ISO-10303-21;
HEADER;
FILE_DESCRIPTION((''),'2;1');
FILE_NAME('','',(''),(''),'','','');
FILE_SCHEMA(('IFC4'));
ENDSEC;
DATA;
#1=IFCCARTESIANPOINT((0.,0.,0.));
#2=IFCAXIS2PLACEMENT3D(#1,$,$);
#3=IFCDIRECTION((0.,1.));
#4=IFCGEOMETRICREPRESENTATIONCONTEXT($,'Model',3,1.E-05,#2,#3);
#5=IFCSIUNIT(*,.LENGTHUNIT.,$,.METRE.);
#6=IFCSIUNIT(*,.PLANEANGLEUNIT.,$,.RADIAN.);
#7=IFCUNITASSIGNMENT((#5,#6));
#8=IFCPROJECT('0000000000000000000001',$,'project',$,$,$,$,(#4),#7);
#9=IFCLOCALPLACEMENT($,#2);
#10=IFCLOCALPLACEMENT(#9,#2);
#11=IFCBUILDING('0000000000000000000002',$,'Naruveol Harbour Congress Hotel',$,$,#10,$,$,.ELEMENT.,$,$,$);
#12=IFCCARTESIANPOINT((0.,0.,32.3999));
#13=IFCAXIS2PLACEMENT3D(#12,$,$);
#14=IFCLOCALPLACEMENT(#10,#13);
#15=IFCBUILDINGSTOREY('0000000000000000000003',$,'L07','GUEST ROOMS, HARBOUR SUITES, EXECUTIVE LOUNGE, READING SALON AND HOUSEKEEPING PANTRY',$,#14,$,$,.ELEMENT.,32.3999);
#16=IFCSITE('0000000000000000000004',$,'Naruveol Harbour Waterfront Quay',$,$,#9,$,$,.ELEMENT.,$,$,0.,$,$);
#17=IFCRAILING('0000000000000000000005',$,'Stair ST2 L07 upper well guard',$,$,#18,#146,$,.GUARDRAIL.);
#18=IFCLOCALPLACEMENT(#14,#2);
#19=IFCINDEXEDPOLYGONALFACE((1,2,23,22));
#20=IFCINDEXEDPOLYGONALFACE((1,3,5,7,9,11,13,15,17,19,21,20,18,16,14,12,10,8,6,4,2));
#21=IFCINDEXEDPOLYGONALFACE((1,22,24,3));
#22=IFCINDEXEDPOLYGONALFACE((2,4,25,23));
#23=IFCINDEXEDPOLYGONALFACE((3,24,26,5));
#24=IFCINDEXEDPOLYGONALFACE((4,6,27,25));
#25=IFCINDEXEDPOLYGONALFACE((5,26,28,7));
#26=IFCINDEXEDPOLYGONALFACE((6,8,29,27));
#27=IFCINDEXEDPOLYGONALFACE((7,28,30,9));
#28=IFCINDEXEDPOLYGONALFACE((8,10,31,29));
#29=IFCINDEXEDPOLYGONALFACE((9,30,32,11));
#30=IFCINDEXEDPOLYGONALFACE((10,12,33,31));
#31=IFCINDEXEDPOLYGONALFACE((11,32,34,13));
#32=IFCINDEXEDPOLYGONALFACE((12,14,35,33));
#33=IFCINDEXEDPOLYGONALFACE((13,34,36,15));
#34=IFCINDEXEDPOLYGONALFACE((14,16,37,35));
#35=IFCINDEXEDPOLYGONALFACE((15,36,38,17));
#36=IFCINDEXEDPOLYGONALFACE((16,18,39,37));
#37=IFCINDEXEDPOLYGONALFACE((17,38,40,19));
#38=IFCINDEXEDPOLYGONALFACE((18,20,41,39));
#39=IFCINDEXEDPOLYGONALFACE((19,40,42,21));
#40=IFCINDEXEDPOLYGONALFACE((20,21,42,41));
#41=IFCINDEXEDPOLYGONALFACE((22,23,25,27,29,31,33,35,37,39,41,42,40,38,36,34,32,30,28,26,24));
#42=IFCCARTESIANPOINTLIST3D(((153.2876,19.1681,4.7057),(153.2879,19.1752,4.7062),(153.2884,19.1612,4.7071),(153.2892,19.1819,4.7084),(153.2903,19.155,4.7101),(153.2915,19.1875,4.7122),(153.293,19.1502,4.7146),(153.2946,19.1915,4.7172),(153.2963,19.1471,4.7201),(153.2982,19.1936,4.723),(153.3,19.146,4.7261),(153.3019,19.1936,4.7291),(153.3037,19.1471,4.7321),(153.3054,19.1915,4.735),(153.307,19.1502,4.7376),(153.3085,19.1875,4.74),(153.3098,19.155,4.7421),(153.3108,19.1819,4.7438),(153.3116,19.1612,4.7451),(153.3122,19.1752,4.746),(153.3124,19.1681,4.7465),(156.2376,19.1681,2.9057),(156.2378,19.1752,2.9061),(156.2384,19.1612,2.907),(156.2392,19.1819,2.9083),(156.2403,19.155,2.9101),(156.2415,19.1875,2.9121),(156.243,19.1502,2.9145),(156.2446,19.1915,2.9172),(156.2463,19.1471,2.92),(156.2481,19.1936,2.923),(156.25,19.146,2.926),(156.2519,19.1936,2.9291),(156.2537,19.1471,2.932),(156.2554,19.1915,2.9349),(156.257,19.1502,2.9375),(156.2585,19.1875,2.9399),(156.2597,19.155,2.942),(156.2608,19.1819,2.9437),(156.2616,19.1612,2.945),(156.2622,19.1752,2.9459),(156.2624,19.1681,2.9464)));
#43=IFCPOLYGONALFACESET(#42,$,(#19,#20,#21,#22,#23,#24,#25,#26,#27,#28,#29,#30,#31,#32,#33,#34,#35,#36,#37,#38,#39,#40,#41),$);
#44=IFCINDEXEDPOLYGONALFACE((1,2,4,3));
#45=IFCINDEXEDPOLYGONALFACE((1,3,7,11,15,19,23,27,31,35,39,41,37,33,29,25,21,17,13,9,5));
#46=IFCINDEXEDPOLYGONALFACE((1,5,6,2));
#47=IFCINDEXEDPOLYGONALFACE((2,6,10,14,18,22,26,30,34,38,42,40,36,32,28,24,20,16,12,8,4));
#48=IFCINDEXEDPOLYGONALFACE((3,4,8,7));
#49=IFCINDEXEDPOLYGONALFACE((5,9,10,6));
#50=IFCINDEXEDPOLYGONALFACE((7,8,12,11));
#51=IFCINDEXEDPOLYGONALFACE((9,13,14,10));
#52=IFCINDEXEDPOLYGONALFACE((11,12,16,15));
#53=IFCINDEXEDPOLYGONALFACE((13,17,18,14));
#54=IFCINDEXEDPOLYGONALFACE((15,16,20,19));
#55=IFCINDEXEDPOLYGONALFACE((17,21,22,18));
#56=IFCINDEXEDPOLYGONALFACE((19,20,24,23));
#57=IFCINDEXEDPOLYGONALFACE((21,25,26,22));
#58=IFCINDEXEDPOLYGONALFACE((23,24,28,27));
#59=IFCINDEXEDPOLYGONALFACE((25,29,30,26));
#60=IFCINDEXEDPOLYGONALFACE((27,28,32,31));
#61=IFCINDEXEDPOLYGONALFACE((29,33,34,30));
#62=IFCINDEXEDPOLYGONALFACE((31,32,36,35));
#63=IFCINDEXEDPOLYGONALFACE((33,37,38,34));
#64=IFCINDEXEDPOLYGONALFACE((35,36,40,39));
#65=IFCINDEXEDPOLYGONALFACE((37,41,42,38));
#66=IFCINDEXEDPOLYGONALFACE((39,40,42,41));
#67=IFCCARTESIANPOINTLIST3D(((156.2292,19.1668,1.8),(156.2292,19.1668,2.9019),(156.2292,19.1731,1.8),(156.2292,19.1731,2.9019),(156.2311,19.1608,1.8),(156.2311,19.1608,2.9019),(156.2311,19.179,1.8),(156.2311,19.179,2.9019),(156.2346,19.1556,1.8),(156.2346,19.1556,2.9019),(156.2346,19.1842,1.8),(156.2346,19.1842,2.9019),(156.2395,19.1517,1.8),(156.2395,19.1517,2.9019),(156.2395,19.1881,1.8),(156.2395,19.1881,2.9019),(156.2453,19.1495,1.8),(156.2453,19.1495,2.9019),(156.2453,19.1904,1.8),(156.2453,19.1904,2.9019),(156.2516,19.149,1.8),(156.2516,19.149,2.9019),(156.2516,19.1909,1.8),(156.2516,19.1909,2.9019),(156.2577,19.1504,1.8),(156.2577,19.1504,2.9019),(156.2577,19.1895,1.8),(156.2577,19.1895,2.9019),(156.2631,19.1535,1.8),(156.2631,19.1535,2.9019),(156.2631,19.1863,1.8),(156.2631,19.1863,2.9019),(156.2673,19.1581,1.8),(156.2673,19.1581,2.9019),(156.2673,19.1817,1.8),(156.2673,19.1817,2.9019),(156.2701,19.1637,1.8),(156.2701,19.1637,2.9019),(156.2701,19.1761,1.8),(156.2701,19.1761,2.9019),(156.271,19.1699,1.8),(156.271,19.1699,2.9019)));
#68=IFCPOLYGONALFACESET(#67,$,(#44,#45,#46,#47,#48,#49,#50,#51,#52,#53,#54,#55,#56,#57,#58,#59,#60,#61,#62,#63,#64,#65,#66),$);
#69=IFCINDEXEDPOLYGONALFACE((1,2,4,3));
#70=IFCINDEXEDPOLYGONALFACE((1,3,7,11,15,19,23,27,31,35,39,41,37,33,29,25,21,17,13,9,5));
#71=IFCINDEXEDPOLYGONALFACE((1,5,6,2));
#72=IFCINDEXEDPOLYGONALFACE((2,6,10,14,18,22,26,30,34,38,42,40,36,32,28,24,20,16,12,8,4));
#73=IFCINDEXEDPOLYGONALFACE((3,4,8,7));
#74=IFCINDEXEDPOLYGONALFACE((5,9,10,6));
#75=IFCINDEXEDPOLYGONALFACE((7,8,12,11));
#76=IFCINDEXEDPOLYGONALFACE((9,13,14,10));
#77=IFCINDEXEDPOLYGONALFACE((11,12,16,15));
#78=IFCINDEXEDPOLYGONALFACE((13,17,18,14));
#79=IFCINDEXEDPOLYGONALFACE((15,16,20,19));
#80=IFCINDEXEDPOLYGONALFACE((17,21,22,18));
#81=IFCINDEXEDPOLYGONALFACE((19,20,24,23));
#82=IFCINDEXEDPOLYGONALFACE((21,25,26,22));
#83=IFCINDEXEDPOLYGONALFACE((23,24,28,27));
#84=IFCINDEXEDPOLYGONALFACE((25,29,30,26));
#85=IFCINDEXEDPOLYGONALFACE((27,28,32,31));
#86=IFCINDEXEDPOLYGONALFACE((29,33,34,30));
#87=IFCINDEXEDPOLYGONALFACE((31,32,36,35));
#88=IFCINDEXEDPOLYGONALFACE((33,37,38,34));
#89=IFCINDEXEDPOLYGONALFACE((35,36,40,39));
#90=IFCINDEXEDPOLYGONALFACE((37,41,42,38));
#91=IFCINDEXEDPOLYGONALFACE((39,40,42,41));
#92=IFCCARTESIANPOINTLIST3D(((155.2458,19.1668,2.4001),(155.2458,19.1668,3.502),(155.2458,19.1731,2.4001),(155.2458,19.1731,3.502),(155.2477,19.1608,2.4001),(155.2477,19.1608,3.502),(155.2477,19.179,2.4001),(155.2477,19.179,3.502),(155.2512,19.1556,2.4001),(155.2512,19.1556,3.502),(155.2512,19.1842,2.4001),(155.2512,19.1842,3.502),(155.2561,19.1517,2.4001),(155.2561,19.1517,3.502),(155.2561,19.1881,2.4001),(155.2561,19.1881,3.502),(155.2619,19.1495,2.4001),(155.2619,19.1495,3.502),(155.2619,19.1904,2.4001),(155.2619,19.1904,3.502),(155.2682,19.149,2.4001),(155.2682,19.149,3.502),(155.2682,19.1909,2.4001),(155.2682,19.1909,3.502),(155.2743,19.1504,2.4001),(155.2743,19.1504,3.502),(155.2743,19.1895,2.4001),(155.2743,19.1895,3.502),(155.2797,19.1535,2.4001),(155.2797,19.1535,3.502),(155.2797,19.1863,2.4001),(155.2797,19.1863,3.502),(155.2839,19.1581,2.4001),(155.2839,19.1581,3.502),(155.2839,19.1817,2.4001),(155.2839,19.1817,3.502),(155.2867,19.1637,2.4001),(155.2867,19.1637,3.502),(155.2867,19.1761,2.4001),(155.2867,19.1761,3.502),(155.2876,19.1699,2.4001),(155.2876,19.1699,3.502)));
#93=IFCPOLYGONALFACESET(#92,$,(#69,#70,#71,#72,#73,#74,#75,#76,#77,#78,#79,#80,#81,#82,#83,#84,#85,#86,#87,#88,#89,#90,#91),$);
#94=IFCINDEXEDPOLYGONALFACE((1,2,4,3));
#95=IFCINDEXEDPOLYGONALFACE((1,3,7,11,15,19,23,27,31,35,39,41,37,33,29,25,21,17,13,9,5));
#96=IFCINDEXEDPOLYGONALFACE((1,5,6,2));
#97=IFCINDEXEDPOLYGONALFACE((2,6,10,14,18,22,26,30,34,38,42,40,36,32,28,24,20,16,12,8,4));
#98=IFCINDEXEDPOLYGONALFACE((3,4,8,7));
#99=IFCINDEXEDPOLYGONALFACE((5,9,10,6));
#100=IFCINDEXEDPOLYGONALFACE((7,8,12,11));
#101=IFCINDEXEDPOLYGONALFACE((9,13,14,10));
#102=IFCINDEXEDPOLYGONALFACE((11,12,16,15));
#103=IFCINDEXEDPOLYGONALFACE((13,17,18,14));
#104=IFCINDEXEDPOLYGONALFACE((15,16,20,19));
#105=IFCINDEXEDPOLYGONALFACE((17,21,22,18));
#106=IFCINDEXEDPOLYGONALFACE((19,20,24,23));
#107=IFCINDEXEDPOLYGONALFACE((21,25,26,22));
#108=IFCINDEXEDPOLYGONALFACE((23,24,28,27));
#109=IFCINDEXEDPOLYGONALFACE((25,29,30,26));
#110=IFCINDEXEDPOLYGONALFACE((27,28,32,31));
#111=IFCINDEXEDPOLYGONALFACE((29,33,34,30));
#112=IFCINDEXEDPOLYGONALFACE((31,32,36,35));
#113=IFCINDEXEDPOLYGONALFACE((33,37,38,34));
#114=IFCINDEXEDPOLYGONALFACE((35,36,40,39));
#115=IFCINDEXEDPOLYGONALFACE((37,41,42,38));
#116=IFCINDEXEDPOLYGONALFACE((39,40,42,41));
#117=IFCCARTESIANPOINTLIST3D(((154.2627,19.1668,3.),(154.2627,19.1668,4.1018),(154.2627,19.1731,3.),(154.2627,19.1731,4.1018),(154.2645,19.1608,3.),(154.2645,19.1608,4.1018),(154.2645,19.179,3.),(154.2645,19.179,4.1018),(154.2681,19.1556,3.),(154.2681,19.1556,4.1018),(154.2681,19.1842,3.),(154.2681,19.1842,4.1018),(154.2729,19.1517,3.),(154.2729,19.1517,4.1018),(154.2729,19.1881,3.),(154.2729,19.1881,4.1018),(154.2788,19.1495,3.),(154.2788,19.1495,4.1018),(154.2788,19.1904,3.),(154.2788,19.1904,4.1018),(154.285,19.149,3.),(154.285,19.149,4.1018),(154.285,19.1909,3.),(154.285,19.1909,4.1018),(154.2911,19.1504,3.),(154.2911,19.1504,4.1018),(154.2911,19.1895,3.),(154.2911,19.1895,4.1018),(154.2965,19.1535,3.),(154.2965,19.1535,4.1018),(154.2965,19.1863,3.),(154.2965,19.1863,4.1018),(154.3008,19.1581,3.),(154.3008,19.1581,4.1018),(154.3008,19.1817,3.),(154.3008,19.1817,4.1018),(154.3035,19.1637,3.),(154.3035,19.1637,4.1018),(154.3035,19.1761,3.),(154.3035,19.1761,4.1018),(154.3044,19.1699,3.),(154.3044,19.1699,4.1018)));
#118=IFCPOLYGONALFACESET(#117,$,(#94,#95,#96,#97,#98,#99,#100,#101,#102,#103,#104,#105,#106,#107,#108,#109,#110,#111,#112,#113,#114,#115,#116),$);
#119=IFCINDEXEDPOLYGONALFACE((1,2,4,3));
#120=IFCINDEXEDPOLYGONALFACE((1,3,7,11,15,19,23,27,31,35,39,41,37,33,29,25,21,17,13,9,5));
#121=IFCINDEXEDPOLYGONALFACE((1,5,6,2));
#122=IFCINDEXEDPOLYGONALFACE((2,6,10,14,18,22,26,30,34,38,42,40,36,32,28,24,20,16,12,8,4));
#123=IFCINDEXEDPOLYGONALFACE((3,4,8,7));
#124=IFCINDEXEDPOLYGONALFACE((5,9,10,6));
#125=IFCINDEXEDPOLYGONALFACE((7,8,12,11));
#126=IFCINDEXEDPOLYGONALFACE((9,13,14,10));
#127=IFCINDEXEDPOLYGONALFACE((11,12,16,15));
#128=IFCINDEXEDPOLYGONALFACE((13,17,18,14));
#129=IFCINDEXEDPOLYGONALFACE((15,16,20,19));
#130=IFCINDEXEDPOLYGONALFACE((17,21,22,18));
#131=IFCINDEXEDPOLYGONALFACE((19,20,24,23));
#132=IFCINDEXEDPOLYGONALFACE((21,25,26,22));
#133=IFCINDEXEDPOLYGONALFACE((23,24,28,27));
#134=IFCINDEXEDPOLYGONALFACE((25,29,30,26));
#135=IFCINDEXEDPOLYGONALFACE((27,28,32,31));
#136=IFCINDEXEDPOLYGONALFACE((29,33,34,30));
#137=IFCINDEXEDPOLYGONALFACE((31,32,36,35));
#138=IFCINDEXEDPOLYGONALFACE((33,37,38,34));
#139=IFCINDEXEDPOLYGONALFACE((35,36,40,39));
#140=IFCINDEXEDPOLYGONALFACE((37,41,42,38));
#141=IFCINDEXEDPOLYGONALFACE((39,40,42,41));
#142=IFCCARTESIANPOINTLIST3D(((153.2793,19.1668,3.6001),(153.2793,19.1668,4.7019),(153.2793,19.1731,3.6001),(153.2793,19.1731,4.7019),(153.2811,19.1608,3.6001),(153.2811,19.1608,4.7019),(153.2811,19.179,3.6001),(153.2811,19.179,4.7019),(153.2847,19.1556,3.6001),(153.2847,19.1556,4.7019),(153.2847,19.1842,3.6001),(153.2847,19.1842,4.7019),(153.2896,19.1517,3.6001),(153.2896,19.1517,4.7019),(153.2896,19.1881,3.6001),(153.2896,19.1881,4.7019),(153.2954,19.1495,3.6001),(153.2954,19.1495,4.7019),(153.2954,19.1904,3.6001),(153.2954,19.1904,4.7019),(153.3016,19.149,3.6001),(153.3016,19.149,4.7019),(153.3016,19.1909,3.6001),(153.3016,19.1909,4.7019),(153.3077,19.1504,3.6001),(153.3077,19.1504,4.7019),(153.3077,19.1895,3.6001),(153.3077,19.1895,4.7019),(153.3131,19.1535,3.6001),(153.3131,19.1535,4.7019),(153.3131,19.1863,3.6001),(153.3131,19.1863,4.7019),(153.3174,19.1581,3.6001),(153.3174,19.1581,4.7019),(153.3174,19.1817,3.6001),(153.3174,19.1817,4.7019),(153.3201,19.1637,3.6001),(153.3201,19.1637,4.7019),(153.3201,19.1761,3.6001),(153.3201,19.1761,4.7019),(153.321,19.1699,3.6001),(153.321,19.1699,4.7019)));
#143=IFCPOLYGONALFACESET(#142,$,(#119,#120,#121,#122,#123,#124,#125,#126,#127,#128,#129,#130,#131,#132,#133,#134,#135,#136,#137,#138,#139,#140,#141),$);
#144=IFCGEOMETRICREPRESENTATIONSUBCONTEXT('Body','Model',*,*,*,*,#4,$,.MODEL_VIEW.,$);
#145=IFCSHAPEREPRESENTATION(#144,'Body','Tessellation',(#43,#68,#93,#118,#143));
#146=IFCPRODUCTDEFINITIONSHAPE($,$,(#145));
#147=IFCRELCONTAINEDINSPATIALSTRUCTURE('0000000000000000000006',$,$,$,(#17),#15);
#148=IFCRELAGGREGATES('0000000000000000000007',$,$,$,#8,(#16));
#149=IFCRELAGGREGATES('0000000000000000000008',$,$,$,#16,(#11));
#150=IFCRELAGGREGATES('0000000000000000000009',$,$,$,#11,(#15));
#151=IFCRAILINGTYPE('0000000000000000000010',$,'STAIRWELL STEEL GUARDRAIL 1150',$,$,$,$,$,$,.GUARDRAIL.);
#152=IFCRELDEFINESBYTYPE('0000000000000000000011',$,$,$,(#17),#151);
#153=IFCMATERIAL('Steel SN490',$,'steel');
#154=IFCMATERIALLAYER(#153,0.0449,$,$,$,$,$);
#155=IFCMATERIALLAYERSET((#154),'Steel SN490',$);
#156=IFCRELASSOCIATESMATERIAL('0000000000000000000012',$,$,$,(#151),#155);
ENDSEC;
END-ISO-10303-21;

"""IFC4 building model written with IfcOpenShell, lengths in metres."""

from ifc_helpers import new_model, si_unit, direction, frame, origin, origin_2d, place, context, subcontext, project, spatial, circle, extrude, material, layer, layer_set, type_object, element, save


model = new_model("IFC4")

# Units and contexts
model_context = context("Model", 3, precision=1e-05, world=origin(), true_north=direction((0.0, 1.0)))
body_context = subcontext(model_context, "Body", "Model", "MODEL_VIEW")
ifc_project = project(units=[si_unit("LENGTHUNIT", "METRE"), si_unit("PLANEANGLEUNIT", "RADIAN")], contexts=[model_context])

# Site, building, storey
site_placement = place(None, origin())
site = spatial("IfcSite", under=ifc_project, at=site_placement, Name="Naruveol Harbour Waterfront Quay", CompositionType="ELEMENT", RefElevation=0.0)
building_placement = place(site_placement, origin())
building = spatial("IfcBuilding", under=site, at=building_placement, Name="Naruveol Harbour Congress Hotel", CompositionType="ELEMENT")
storey_placement = place(building_placement, frame((0.0, 0.0, 32.3999)))
storey = spatial("IfcBuildingStorey", under=building, at=storey_placement, Name="L07", Description="GUEST ROOMS, HARBOUR SUITES, EXECUTIVE LOUNGE, READING SALON AND HOUSEKEEPING PANTRY", CompositionType="ELEMENT", Elevation=32.3999)

# Railing
ifc_material_1 = material(Name="Steel SN490", Category="steel")
ifc_layer_1 = layer(ifc_material_1, 0.0449)
ifc_layer_set_1 = layer_set([ifc_layer_1], Name="Steel SN490")
railing_type_1 = type_object("IfcRailingType", Name="STAIRWELL STEEL GUARDRAIL 1150", PredefinedType="GUARDRAIL", material=ifc_layer_set_1)
railing_1_placement = place(storey_placement, frame((156.25, 19.1699, 1.8)))
element("IfcRailing", 1, at=railing_1_placement, inside=storey, type_object=railing_type_1, Name="Stair ST2 L07 upper well guard", PredefinedType="GUARDRAIL", context=body_context, shape_type="SweptSolid", body=[
    extrude(circle(Radius=0.0239, at=origin_2d()), frame((0.0, 0.0, 1.126), z_axis=(-0.853629, 0.0, 0.520881), x_axis=(0.0, -1.0, 0.0)), (0.0, 0.0, 1.0), 3.4558),
    extrude(circle(Radius=0.021, at=origin_2d()), origin(), (0.0, 0.0, 1.0), 1.1018),
    extrude(circle(Radius=0.021, at=origin_2d()), frame((-0.9834, 0.0, 0.6001)), (0.0, 0.0, 1.0), 1.1018),
    extrude(circle(Radius=0.021, at=origin_2d()), frame((-1.9666, 0.0, 1.2)), (0.0, 0.0, 1.0), 1.1018),
    extrude(circle(Radius=0.021, at=origin_2d()), frame((-2.95, 0.0, 1.8)), (0.0, 0.0, 1.0), 1.1018),
])

save(model, "model.ifc")
